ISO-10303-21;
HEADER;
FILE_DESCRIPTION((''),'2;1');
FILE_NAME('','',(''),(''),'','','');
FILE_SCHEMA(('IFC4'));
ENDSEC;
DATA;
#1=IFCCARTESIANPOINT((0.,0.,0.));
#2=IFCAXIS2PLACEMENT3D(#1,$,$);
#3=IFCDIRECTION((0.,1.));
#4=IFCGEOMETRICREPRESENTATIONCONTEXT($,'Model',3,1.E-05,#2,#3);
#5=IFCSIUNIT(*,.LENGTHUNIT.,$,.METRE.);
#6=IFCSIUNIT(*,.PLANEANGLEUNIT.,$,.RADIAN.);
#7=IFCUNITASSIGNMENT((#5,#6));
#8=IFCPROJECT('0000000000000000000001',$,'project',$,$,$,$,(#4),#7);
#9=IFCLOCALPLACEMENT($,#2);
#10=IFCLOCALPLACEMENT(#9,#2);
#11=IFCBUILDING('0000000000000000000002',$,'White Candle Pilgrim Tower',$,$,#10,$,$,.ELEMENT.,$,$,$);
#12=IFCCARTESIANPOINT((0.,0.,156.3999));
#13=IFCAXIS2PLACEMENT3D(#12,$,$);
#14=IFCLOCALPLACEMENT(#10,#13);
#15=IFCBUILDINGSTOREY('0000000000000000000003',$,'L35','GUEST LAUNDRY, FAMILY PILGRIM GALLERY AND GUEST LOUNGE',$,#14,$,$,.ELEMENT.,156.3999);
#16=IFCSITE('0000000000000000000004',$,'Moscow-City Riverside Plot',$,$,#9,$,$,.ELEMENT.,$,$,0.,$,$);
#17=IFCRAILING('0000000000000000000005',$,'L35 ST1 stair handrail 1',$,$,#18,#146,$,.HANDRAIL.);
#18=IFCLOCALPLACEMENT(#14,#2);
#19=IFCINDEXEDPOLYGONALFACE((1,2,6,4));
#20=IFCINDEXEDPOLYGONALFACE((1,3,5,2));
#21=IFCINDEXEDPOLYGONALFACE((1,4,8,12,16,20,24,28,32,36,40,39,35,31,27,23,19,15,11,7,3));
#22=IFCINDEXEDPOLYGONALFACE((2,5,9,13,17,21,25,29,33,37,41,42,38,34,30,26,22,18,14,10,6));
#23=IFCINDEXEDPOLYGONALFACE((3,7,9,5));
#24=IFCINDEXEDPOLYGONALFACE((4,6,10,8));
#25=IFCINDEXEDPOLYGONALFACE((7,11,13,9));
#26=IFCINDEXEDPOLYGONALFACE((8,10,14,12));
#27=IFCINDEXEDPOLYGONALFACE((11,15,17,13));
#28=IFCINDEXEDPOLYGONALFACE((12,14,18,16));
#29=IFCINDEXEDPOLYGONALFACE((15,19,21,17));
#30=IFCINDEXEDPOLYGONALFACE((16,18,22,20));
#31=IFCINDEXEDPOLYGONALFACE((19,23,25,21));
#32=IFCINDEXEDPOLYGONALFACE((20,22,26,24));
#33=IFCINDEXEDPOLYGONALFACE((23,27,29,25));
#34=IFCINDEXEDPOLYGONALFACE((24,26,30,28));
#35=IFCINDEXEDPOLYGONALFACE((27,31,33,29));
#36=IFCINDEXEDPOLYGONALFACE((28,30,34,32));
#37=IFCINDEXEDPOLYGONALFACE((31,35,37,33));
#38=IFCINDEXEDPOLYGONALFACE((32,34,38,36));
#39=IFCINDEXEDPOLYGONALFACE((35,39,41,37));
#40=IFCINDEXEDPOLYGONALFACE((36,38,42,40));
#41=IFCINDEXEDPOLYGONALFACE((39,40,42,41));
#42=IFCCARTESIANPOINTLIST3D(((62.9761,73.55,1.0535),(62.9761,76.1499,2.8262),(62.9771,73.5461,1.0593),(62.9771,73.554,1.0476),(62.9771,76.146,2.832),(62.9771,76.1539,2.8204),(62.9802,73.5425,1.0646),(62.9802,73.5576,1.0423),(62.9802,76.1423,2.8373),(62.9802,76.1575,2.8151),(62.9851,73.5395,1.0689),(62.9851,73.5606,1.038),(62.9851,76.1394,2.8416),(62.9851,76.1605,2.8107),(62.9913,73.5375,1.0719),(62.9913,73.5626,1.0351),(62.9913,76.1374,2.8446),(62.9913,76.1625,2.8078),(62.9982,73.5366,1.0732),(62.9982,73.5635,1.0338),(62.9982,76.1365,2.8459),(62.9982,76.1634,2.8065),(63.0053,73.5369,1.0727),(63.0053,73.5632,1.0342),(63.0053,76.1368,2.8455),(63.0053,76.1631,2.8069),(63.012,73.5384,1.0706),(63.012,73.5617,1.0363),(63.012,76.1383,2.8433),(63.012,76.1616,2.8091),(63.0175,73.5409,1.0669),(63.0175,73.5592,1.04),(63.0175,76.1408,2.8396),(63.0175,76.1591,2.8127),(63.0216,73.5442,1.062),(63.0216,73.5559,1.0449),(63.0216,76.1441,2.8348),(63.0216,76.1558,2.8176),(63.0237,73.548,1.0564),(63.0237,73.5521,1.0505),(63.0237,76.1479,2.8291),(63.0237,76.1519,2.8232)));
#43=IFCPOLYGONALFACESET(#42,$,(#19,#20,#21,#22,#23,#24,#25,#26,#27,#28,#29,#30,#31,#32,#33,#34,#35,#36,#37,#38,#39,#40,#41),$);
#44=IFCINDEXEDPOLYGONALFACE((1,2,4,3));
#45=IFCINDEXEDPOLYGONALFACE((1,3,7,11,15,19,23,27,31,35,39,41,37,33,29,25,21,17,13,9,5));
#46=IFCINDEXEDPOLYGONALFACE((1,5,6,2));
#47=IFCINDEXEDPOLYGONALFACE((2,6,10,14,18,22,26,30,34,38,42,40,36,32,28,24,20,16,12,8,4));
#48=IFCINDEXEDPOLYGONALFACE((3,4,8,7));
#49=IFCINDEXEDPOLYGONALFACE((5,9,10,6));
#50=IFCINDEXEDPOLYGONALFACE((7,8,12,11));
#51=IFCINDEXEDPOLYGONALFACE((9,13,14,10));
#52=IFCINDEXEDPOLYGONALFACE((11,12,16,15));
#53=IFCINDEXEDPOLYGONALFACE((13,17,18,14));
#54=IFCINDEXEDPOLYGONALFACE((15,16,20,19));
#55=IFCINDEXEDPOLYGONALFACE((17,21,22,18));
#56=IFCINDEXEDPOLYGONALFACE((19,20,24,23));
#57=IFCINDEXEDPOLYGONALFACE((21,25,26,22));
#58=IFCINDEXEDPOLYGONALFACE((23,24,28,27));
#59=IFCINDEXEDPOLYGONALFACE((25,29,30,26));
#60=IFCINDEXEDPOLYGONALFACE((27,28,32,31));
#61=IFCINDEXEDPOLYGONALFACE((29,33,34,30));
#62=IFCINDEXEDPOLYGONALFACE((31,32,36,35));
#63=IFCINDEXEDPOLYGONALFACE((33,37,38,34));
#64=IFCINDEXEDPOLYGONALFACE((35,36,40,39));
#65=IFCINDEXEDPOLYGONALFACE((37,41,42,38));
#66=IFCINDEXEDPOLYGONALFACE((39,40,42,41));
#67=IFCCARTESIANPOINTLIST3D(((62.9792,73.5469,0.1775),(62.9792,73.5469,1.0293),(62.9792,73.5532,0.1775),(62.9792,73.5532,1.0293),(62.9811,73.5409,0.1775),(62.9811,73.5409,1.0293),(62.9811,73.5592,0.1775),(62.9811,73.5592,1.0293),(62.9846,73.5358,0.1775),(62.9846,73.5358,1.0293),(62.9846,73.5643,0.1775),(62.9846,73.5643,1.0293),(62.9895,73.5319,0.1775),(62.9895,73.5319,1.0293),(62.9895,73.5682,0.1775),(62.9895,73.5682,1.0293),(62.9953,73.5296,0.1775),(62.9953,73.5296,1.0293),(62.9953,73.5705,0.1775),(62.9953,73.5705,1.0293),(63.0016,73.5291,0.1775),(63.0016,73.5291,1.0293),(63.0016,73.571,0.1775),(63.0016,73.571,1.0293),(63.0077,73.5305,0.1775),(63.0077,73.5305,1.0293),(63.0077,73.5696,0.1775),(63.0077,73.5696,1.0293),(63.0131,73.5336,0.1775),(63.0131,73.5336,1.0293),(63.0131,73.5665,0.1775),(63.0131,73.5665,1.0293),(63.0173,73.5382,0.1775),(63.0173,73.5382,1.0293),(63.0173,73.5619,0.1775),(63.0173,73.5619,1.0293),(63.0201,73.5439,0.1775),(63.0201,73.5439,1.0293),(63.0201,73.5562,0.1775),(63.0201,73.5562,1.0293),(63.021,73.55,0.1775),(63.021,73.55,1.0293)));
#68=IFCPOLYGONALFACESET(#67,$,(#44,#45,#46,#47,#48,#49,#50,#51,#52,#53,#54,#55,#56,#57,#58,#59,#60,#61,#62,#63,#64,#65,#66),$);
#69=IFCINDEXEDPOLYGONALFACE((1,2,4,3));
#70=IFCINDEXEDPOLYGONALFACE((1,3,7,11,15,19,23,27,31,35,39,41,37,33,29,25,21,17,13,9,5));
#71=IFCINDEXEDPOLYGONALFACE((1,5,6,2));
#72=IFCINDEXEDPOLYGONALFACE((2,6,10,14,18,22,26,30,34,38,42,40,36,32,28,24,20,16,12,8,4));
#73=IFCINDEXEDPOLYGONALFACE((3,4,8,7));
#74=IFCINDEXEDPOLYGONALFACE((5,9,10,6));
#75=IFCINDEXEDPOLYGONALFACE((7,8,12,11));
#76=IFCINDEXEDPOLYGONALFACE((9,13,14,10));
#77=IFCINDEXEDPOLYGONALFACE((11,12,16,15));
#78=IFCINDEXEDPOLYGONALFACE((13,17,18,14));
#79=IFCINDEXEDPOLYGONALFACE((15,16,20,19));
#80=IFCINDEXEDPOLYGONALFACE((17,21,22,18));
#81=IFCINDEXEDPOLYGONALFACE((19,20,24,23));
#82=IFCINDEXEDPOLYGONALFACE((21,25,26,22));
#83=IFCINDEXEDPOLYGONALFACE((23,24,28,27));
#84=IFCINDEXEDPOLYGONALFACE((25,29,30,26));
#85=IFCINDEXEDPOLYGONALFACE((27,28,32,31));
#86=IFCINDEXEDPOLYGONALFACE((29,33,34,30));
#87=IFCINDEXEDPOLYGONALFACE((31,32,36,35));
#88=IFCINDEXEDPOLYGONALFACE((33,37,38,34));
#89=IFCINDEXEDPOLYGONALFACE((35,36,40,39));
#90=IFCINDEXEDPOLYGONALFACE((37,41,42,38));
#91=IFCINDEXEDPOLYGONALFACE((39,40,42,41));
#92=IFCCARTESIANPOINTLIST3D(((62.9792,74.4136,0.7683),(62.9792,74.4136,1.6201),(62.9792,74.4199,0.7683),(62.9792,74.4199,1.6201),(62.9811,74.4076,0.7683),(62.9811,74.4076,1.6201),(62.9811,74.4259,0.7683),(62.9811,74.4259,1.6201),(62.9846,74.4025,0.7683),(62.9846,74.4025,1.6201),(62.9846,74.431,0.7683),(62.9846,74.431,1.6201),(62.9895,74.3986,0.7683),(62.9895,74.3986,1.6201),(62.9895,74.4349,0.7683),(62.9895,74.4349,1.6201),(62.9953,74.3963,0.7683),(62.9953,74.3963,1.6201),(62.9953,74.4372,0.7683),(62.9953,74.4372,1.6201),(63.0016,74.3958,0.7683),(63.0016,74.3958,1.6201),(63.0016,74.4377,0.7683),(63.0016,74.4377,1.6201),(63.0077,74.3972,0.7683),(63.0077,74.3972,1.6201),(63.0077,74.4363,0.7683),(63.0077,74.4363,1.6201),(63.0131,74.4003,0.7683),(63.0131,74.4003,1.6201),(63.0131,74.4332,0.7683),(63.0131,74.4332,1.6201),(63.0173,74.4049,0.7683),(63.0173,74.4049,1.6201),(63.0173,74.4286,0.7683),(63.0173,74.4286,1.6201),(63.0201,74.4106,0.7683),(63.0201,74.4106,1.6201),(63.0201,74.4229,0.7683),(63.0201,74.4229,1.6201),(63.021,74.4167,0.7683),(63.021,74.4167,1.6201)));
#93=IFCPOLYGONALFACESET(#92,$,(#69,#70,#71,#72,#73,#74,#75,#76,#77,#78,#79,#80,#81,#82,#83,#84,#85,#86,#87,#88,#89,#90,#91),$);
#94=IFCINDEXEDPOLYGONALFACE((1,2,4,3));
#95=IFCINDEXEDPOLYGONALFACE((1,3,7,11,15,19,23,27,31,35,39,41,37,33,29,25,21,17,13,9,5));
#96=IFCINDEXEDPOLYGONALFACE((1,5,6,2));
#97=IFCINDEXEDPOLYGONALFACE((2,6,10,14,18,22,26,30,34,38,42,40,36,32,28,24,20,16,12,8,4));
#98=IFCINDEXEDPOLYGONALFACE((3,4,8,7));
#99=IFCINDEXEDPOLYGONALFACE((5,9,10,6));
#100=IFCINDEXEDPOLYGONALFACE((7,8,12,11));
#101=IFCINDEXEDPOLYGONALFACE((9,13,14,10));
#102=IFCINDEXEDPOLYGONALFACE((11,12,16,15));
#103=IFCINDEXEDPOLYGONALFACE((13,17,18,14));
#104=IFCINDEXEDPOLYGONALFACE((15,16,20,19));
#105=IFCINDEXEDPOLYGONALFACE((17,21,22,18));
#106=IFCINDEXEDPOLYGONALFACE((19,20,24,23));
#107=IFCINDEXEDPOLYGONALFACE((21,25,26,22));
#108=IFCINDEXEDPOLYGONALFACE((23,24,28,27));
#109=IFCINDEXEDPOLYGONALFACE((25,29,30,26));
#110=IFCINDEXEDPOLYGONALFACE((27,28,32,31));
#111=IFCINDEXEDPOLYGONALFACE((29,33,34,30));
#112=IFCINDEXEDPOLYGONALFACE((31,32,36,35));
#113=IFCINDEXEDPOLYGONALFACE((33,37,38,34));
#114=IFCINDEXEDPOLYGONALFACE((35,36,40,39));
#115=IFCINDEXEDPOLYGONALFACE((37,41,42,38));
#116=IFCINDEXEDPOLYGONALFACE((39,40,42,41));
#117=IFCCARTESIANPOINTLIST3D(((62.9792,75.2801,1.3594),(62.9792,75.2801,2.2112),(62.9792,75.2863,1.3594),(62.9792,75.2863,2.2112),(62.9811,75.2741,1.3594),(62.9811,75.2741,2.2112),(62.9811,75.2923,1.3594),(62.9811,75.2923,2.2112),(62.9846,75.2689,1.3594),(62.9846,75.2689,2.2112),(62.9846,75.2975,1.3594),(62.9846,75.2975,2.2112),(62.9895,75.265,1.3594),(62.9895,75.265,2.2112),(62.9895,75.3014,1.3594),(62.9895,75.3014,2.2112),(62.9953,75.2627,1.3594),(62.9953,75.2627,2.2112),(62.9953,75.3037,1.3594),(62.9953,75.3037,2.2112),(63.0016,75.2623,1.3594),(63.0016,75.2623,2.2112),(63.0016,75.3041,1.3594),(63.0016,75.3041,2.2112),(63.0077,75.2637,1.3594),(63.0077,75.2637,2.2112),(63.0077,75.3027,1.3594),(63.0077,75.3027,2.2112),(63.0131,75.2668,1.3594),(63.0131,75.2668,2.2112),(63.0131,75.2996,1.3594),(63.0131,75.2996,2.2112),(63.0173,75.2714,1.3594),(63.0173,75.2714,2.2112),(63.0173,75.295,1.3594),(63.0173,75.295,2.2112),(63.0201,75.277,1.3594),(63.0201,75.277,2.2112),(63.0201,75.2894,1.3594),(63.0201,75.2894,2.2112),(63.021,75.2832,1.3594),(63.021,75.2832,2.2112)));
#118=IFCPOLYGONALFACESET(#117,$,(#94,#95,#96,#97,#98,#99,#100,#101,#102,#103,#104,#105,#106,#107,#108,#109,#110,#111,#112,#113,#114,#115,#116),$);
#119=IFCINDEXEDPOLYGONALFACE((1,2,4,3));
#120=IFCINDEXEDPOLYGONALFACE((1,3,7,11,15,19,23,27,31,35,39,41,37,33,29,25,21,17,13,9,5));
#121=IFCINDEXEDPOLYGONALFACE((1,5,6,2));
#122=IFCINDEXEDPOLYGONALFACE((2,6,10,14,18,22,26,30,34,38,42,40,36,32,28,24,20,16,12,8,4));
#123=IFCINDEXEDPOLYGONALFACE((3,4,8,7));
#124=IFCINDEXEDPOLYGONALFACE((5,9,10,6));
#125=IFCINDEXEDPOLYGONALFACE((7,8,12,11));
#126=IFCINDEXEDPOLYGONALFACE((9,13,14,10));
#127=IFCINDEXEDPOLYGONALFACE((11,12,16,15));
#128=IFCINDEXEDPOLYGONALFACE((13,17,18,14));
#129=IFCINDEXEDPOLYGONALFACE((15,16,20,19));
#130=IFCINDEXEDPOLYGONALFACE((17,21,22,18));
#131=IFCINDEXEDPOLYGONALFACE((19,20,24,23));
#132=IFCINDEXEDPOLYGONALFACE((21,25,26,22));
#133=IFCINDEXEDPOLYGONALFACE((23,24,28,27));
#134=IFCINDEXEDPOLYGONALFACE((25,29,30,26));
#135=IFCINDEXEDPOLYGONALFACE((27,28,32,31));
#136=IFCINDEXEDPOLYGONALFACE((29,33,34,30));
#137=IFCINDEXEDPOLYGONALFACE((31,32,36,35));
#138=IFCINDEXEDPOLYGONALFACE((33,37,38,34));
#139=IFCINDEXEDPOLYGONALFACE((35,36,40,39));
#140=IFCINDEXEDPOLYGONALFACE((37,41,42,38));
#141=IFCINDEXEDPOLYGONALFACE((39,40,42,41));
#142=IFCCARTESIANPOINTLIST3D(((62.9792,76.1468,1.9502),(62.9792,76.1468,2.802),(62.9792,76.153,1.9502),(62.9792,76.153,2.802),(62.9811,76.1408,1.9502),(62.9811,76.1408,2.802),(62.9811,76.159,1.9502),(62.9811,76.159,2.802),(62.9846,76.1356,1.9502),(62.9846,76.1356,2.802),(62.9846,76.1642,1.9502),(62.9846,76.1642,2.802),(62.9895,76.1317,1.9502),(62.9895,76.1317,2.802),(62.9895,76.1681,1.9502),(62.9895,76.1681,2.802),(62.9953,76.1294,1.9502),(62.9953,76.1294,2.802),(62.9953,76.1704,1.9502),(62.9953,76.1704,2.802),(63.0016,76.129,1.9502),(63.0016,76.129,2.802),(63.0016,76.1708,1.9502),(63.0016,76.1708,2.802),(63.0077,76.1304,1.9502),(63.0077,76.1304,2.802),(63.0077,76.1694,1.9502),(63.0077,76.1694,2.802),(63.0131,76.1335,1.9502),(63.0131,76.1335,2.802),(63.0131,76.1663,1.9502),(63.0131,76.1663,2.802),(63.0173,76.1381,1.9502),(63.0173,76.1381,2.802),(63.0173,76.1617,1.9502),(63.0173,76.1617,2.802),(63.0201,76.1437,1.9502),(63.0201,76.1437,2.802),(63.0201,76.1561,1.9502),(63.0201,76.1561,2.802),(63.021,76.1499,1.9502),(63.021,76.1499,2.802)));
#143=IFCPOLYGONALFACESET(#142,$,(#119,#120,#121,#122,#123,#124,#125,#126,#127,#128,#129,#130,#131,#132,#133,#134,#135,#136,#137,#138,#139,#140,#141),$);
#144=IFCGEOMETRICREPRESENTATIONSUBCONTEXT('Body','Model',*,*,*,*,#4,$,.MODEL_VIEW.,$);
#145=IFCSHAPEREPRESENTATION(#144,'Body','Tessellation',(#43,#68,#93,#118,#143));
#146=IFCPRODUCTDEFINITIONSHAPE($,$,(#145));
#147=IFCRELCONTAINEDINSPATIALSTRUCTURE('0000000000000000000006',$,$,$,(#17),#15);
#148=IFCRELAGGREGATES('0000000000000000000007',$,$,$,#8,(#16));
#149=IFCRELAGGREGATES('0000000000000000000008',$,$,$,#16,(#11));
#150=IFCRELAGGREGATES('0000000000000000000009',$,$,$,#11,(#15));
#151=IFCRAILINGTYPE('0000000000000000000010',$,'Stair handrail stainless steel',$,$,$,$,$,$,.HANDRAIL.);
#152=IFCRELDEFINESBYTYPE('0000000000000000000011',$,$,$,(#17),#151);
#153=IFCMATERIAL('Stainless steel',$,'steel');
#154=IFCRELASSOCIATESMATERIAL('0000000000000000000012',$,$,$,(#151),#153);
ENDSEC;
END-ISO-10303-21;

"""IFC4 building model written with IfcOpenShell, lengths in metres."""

from ifc_helpers import new_model, si_unit, direction, frame, origin, origin_2d, place, context, subcontext, project, spatial, circle, extrude, material, type_object, element, save


model = new_model("IFC4")

# Units and contexts
model_context = context("Model", 3, precision=1e-05, world=origin(), true_north=direction((0.0, 1.0)))
body_context = subcontext(model_context, "Body", "Model", "MODEL_VIEW")
ifc_project = project(units=[si_unit("LENGTHUNIT", "METRE"), si_unit("PLANEANGLEUNIT", "RADIAN")], contexts=[model_context])

# Site, building, storey
site_placement = place(None, origin())
site = spatial("IfcSite", under=ifc_project, at=site_placement, Name="Moscow-City Riverside Plot", CompositionType="ELEMENT", RefElevation=0.0)
building_placement = place(site_placement, origin())
building = spatial("IfcBuilding", under=site, at=building_placement, Name="White Candle Pilgrim Tower", CompositionType="ELEMENT")
storey_placement = place(building_placement, frame((0.0, 0.0, 156.3999)))
storey = spatial("IfcBuildingStorey", under=building, at=storey_placement, Name="L35", Description="GUEST LAUNDRY, FAMILY PILGRIM GALLERY AND GUEST LOUNGE", CompositionType="ELEMENT", Elevation=156.3999)

# Railing
ifc_material_1 = material(Name="Stainless steel", Category="steel")
railing_type_1 = type_object("IfcRailingType", Name="Stair handrail stainless steel", PredefinedType="HANDRAIL", material=ifc_material_1)
railing_1_placement = place(storey_placement, frame((63.0, 73.55, 0.1775)))
element("IfcRailing", 1, at=railing_1_placement, inside=storey, type_object=railing_type_1, Name="L35 ST1 stair handrail 1", PredefinedType="HANDRAIL", context=body_context, shape_type="SweptSolid", body=[
    extrude(circle(Radius=0.0239, at=origin_2d()), frame((0.0, 0.0, 0.876), z_axis=(0.0, 0.826216, 0.563354), x_axis=(-1.0, 0.0, 0.0)), (0.0, 0.0, 1.0), 3.1467),
    extrude(circle(Radius=0.021, at=origin_2d()), origin(), (0.0, 0.0, 1.0), 0.8518),
    extrude(circle(Radius=0.021, at=origin_2d()), frame((0.0, 0.8667, 0.5908)), (0.0, 0.0, 1.0), 0.8518),
    extrude(circle(Radius=0.021, at=origin_2d()), frame((0.0, 1.7332, 1.1819)), (0.0, 0.0, 1.0), 0.8518),
    extrude(circle(Radius=0.021, at=origin_2d()), frame((0.0, 2.5999, 1.7727)), (0.0, 0.0, 1.0), 0.8518),
])

save(model, "model.ifc")
